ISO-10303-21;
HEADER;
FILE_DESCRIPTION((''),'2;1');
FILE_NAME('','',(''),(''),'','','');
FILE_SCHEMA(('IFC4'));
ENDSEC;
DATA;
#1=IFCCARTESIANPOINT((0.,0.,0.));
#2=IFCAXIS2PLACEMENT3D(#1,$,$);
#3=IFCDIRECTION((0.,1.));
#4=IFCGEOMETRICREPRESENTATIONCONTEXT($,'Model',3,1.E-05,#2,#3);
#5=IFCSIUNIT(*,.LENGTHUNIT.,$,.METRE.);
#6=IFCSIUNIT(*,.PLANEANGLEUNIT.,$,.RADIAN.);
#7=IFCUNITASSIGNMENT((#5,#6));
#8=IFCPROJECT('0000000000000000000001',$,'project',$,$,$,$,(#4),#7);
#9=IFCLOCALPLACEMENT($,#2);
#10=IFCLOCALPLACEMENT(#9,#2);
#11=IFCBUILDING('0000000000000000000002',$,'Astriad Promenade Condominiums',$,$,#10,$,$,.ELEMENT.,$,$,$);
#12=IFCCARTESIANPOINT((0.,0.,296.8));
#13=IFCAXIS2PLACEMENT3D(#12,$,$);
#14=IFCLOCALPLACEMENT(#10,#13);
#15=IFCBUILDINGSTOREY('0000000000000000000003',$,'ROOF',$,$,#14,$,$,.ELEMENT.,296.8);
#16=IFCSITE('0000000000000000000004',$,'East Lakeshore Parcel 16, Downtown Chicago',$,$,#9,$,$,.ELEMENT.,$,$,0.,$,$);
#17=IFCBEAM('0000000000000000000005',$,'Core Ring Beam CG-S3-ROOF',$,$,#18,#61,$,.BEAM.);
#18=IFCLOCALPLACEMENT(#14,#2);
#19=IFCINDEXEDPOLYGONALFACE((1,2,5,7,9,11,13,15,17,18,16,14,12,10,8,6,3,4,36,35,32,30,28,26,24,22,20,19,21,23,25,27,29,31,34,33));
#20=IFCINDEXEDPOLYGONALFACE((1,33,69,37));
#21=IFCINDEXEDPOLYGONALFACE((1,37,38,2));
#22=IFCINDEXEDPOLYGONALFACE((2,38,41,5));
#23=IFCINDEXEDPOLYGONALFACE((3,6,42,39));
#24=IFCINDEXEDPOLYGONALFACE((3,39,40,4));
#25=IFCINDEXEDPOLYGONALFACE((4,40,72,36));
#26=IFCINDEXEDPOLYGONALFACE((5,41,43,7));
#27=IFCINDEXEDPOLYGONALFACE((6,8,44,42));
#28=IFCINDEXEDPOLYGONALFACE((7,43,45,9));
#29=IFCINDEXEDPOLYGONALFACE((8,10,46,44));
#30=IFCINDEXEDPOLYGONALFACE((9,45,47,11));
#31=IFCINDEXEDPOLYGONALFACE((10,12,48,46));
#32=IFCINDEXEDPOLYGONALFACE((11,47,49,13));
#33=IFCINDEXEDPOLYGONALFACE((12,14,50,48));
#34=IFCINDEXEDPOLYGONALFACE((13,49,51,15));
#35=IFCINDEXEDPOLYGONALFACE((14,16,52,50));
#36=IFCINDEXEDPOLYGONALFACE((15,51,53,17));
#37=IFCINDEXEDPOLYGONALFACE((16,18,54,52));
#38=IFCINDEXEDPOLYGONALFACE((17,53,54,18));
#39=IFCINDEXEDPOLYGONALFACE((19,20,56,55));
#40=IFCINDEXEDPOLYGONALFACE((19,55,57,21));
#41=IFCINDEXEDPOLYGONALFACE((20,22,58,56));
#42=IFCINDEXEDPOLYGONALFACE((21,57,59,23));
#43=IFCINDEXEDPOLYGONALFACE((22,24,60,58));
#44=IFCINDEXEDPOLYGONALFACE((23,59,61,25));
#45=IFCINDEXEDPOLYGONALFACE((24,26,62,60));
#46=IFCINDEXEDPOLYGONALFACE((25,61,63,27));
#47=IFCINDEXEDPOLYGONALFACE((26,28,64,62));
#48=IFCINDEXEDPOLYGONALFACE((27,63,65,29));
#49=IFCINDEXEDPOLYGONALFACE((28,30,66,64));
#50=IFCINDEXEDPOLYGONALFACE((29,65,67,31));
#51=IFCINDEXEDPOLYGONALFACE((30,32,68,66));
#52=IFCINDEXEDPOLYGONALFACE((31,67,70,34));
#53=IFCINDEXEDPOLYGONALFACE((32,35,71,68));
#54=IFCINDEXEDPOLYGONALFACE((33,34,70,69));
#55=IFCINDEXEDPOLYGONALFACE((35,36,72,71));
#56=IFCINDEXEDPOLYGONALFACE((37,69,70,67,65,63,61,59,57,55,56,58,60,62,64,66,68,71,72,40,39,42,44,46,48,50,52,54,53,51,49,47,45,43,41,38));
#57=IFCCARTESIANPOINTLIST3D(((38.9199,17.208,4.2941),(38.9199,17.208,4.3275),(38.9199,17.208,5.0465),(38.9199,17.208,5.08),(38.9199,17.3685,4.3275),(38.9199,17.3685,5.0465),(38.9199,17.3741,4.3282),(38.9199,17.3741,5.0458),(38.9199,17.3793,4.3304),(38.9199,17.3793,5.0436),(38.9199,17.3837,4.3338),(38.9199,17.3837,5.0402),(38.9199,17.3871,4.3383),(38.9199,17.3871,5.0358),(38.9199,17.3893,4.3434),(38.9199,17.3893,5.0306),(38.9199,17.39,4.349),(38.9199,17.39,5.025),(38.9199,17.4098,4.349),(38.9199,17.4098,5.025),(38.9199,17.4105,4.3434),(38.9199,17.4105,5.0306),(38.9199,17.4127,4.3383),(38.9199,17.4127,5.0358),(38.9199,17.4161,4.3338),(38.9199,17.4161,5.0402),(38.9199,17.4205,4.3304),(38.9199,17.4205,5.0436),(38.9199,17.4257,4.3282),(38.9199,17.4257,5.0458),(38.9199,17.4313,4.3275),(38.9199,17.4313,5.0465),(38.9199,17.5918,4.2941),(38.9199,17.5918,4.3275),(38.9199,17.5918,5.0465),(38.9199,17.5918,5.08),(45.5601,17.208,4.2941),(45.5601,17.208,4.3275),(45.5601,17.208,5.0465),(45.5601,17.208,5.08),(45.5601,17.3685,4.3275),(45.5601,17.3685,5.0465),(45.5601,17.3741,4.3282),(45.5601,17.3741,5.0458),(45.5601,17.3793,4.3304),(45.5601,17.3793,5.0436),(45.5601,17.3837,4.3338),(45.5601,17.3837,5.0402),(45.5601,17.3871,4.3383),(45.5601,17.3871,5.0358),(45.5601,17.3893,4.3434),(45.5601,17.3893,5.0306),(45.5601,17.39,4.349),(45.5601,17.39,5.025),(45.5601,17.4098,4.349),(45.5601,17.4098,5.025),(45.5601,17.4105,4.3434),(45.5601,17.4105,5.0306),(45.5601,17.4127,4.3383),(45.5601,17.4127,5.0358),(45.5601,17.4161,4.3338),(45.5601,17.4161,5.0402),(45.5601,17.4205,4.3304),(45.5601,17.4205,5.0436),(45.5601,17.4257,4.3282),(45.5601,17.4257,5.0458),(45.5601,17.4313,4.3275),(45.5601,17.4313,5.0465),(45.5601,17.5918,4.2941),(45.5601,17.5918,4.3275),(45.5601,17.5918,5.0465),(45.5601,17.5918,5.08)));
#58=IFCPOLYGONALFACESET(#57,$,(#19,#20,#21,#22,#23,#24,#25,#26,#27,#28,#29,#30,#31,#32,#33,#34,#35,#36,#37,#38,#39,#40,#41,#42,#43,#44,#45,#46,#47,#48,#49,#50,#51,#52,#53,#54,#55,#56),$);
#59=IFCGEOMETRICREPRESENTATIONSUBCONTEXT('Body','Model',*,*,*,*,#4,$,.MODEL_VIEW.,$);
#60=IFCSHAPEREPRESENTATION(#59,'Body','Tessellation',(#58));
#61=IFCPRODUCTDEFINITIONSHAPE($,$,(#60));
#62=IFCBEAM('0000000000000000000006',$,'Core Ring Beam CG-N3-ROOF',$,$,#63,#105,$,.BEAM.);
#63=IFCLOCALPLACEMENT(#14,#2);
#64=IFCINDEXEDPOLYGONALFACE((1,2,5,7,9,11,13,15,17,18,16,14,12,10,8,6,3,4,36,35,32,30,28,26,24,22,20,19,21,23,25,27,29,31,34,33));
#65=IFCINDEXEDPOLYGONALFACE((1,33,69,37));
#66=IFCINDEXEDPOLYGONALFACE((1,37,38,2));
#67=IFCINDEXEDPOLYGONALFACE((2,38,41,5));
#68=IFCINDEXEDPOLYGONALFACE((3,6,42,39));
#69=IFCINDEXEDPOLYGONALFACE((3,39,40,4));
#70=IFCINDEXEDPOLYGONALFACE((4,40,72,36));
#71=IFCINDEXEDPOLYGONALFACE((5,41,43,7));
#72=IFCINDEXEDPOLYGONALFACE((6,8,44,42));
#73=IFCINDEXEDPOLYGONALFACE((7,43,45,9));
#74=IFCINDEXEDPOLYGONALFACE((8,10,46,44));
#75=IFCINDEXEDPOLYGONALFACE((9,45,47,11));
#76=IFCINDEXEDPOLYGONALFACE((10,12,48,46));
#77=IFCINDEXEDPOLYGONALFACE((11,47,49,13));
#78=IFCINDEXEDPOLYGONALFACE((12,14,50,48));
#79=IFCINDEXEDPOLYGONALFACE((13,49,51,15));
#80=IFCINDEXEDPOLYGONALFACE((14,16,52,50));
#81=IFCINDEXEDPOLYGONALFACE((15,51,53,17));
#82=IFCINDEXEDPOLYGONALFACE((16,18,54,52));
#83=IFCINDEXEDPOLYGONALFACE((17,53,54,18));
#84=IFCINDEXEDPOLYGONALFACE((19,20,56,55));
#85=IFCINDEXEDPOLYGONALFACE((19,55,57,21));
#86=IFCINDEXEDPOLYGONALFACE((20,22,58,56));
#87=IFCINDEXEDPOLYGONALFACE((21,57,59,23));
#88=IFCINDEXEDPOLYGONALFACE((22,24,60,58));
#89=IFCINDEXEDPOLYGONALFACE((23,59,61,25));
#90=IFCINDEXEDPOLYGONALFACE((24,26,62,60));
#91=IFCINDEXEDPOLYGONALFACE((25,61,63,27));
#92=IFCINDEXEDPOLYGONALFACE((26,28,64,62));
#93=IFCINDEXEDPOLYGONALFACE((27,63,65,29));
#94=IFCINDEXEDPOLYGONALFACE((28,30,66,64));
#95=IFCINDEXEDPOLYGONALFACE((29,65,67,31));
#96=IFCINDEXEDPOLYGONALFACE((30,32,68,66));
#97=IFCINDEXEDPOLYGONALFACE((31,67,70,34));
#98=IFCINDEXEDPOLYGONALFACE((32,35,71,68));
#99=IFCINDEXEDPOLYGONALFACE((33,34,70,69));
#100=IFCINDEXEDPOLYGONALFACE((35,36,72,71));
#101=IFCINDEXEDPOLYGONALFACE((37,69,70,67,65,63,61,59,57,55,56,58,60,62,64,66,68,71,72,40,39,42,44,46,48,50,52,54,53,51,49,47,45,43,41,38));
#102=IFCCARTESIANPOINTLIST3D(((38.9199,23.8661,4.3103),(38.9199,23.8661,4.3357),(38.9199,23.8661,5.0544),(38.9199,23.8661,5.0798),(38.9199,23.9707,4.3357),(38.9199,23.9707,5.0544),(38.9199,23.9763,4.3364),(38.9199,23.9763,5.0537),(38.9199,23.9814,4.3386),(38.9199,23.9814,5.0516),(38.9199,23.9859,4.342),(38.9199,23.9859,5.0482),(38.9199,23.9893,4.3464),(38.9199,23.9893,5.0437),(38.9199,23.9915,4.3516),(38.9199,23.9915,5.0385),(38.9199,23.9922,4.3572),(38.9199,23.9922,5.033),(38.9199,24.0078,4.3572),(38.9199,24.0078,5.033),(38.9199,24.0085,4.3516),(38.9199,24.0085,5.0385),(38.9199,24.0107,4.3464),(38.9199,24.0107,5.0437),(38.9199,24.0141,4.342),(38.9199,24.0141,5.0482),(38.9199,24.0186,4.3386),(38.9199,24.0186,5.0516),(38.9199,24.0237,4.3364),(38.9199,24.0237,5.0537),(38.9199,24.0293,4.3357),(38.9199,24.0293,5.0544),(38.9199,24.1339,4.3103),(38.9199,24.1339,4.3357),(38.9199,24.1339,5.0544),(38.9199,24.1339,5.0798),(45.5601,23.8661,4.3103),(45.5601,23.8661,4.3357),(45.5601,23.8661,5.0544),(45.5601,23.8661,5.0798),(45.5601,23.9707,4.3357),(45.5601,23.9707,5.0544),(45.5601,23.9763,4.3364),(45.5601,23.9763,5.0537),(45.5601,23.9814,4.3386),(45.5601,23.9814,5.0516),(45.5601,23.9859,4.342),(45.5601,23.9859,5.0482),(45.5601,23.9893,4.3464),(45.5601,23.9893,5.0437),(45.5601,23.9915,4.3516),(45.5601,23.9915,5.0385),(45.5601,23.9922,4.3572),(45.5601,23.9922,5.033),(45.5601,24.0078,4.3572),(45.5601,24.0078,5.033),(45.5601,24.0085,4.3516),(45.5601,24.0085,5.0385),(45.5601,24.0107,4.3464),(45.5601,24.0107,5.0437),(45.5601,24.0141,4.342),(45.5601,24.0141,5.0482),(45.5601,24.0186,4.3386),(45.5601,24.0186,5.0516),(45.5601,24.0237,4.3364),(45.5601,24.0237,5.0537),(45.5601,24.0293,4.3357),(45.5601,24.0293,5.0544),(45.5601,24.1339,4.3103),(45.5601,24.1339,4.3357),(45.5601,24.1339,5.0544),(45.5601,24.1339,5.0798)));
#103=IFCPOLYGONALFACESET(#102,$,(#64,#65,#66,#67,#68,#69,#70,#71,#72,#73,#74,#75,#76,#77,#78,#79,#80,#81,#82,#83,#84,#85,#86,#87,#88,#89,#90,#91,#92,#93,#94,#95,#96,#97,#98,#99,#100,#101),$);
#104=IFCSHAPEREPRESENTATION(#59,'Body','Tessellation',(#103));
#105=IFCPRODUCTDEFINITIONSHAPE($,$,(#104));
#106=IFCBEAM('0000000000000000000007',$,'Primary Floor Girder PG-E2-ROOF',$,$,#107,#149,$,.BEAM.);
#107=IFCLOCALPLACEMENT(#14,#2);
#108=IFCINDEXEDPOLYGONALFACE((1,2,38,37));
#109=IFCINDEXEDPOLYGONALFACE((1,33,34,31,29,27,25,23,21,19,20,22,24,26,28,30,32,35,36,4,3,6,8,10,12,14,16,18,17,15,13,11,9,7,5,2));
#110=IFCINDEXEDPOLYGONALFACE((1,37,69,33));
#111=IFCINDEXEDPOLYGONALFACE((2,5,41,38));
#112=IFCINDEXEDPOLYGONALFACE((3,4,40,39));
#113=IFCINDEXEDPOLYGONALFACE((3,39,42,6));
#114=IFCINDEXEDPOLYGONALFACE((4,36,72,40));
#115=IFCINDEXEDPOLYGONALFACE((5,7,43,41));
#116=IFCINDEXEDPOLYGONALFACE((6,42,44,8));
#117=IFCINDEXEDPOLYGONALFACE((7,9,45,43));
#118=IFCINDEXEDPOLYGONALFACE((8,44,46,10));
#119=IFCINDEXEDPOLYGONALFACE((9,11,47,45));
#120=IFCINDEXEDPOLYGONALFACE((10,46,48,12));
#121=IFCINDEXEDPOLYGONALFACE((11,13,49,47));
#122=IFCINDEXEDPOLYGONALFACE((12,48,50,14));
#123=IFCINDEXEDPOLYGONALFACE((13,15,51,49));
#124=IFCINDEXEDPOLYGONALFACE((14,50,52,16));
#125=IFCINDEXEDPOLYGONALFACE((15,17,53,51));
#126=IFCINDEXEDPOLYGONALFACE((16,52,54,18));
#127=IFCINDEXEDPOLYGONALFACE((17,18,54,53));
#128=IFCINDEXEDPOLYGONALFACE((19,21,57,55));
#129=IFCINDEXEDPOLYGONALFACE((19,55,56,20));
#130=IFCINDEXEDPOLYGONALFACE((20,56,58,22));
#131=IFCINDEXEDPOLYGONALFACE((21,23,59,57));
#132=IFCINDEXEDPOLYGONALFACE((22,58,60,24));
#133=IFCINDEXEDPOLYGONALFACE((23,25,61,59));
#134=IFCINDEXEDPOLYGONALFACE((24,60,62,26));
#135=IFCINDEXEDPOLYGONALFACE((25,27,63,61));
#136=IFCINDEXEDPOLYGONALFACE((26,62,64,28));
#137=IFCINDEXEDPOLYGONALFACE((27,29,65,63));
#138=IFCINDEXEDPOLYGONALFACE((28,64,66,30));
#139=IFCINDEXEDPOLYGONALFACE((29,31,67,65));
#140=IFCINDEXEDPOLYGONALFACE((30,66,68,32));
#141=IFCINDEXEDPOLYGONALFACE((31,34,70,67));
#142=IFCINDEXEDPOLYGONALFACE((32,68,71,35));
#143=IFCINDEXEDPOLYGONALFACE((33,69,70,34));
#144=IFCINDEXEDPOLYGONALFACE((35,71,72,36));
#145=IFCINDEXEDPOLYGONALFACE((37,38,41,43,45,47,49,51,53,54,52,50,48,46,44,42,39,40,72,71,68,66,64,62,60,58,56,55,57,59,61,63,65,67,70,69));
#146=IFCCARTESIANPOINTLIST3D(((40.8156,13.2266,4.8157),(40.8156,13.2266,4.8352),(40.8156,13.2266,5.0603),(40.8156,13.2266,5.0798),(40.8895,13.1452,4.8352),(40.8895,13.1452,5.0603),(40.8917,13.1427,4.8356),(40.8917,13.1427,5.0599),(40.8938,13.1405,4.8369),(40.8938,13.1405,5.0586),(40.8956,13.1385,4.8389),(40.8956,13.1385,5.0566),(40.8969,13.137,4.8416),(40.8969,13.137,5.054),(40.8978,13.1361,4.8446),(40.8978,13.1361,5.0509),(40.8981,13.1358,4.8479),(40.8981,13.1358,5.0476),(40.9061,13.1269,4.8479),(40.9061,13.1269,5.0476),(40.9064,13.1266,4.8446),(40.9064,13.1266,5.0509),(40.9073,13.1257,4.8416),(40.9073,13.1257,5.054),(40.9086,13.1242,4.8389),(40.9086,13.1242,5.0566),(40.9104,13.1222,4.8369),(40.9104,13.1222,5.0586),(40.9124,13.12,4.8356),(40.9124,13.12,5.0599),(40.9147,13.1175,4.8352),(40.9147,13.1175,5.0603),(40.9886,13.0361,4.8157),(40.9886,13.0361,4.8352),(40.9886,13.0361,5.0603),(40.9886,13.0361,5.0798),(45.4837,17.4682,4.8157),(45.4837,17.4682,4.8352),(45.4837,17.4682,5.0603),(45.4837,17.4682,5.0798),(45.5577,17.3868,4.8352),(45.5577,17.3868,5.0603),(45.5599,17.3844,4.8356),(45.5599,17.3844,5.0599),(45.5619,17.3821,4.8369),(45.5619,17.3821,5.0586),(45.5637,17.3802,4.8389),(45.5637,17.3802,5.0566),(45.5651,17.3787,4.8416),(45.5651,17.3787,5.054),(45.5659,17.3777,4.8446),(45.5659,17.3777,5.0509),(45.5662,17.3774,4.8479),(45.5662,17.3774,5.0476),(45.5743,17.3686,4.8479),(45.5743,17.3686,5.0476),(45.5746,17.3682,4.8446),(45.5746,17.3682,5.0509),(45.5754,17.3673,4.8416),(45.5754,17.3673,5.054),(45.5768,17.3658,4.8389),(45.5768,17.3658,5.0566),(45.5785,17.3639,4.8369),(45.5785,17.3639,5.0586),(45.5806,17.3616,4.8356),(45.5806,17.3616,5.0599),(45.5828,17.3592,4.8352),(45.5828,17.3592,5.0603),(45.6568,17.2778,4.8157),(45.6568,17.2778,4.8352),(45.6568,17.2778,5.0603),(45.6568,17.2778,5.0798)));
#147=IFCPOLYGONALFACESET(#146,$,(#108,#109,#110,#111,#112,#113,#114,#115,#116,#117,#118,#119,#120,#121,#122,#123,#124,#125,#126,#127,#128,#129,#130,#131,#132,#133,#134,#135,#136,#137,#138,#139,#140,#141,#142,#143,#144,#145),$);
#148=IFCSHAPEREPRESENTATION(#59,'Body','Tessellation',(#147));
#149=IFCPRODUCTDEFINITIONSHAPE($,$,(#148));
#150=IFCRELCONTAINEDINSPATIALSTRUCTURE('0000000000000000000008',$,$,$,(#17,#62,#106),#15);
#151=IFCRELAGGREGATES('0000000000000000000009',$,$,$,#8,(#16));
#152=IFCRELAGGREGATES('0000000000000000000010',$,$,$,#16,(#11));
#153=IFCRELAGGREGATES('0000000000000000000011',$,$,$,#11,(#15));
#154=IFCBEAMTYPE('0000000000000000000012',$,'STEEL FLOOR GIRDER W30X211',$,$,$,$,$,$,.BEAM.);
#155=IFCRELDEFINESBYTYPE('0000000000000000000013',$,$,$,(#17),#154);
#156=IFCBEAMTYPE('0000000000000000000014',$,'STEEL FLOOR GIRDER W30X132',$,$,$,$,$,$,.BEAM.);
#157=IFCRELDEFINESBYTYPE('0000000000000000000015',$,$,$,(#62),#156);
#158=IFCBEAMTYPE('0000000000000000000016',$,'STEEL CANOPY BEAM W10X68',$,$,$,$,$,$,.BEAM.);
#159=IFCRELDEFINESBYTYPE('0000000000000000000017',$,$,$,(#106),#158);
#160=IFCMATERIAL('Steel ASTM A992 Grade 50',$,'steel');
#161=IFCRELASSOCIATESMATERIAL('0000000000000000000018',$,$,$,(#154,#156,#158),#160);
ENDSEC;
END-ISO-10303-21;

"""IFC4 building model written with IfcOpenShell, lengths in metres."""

from ifc_helpers import new_model, si_unit, direction, frame, origin, origin_2d, place, context, subcontext, project, spatial, i_section, extrude, source, transform, mapped, material, material_profile, profile_set, type_object, type_shapes, element, save


model = new_model("IFC4")

# Units and contexts
model_context = context("Model", 3, precision=1e-05, world=origin(), true_north=direction((0.0, 1.0)))
body_context = subcontext(model_context, "Body", "Model", "MODEL_VIEW")
ifc_project = project(units=[si_unit("LENGTHUNIT", "METRE"), si_unit("PLANEANGLEUNIT", "RADIAN")], contexts=[model_context])

# Site, building, storey
site_placement = place(None, origin())
site = spatial("IfcSite", under=ifc_project, at=site_placement, Name="East Lakeshore Parcel 16, Downtown Chicago", CompositionType="ELEMENT", RefElevation=0.0)
building_placement = place(site_placement, origin())
building = spatial("IfcBuilding", under=site, at=building_placement, Name="Astriad Promenade Condominiums", CompositionType="ELEMENT")
storey_placement = place(building_placement, frame((0.0, 0.0, 296.8)))
storey = spatial("IfcBuildingStorey", under=building, at=storey_placement, Name="ROOF", CompositionType="ELEMENT", Elevation=296.8)

# Shared definitions
ifc_material_1 = material(Name="Steel ASTM A992 Grade 50", Category="steel")

# Beams
ifc_material_profile_1 = material_profile(ifc_material_1, i_section(OverallWidth=0.3838, OverallDepth=0.7859, WebThickness=0.0198, FlangeThickness=0.0334, FilletRadius=0.0215, at=origin_2d()), Name="W30X211")
ifc_profile_set_1 = profile_set([ifc_material_profile_1], Name="Steel ASTM A992 Grade 50")
beam_type_1 = type_object("IfcBeamType", Name="STEEL FLOOR GIRDER W30X211", PredefinedType="BEAM", material=ifc_profile_set_1)
shared_shape_1 = source(origin(), body_context, "Body", "SweptSolid", [
    extrude(i_section(OverallWidth=0.3838, OverallDepth=0.7859, WebThickness=0.0198, FlangeThickness=0.0334, FilletRadius=0.0215, at=origin_2d()), origin(), (0.0, 0.0, 1.0), 6.6401),
])
type_shapes(beam_type_1, [shared_shape_1])
beam_1_placement = place(storey_placement, frame((38.9199, 17.3999, 4.687), z_axis=(1.0, 0.0, 0.0), x_axis=(0.0, 1.0, 0.0)))
element("IfcBeam", 1, at=beam_1_placement, inside=storey, type_object=beam_type_1, Name="Core Ring Beam CG-S3-ROOF", PredefinedType="BEAM", context=body_context, shape_type="MappedRepresentation", body=[
    mapped(shared_shape_1, transform((0.0, 0.0, 0.0), scale=1.0)),
])
ifc_material_profile_2 = material_profile(ifc_material_1, i_section(OverallWidth=0.2678, OverallDepth=0.7695, WebThickness=0.0156, FlangeThickness=0.0254, FilletRadius=0.0215, at=origin_2d()), Name="W30X132")
ifc_profile_set_2 = profile_set([ifc_material_profile_2], Name="Steel ASTM A992 Grade 50")
beam_type_2 = type_object("IfcBeamType", Name="STEEL FLOOR GIRDER W30X132", PredefinedType="BEAM", material=ifc_profile_set_2)
shared_shape_2 = source(origin(), body_context, "Body", "SweptSolid", [
    extrude(i_section(OverallWidth=0.2678, OverallDepth=0.7695, WebThickness=0.0156, FlangeThickness=0.0254, FilletRadius=0.0215, at=origin_2d()), origin(), (0.0, 0.0, 1.0), 6.6401),
])
type_shapes(beam_type_2, [shared_shape_2])
beam_2_placement = place(storey_placement, frame((38.9199, 24.0, 4.6951), z_axis=(1.0, 0.0, 0.0), x_axis=(0.0, 1.0, 0.0)))
element("IfcBeam", 2, at=beam_2_placement, inside=storey, type_object=beam_type_2, Name="Core Ring Beam CG-N3-ROOF", PredefinedType="BEAM", context=body_context, shape_type="MappedRepresentation", body=[
    mapped(shared_shape_2, transform((0.0, 0.0, 0.0), scale=1.0)),
])
ifc_material_profile_3 = material_profile(ifc_material_1, i_section(OverallWidth=0.2573, OverallDepth=0.2642, WebThickness=0.012, FlangeThickness=0.0195, FilletRadius=0.0127, at=origin_2d()), Name="W10X68")
ifc_profile_set_3 = profile_set([ifc_material_profile_3], Name="Steel ASTM A992 Grade 50")
beam_type_3 = type_object("IfcBeamType", Name="STEEL CANOPY BEAM W10X68", PredefinedType="BEAM", material=ifc_profile_set_3)
shared_shape_3 = source(origin(), body_context, "Body", "SweptSolid", [
    extrude(i_section(OverallWidth=0.2573, OverallDepth=0.2642, WebThickness=0.012, FlangeThickness=0.0195, FilletRadius=0.0127, at=origin_2d()), origin(), (0.0, 0.0, 1.0), 6.3074),
])
beam_3_placement = place(storey_placement, frame((40.9021, 13.1313, 4.9478), z_axis=(0.740108, 0.672488, 0.0), x_axis=(-0.672488, 0.740108, 0.0)))
element("IfcBeam", 3, at=beam_3_placement, inside=storey, type_object=beam_type_3, Name="Primary Floor Girder PG-E2-ROOF", PredefinedType="BEAM", context=body_context, shape_type="MappedRepresentation", body=[
    mapped(shared_shape_3, transform((0.0, 0.0, 0.0), scale=1.0)),
])

save(model, "model.ifc")
